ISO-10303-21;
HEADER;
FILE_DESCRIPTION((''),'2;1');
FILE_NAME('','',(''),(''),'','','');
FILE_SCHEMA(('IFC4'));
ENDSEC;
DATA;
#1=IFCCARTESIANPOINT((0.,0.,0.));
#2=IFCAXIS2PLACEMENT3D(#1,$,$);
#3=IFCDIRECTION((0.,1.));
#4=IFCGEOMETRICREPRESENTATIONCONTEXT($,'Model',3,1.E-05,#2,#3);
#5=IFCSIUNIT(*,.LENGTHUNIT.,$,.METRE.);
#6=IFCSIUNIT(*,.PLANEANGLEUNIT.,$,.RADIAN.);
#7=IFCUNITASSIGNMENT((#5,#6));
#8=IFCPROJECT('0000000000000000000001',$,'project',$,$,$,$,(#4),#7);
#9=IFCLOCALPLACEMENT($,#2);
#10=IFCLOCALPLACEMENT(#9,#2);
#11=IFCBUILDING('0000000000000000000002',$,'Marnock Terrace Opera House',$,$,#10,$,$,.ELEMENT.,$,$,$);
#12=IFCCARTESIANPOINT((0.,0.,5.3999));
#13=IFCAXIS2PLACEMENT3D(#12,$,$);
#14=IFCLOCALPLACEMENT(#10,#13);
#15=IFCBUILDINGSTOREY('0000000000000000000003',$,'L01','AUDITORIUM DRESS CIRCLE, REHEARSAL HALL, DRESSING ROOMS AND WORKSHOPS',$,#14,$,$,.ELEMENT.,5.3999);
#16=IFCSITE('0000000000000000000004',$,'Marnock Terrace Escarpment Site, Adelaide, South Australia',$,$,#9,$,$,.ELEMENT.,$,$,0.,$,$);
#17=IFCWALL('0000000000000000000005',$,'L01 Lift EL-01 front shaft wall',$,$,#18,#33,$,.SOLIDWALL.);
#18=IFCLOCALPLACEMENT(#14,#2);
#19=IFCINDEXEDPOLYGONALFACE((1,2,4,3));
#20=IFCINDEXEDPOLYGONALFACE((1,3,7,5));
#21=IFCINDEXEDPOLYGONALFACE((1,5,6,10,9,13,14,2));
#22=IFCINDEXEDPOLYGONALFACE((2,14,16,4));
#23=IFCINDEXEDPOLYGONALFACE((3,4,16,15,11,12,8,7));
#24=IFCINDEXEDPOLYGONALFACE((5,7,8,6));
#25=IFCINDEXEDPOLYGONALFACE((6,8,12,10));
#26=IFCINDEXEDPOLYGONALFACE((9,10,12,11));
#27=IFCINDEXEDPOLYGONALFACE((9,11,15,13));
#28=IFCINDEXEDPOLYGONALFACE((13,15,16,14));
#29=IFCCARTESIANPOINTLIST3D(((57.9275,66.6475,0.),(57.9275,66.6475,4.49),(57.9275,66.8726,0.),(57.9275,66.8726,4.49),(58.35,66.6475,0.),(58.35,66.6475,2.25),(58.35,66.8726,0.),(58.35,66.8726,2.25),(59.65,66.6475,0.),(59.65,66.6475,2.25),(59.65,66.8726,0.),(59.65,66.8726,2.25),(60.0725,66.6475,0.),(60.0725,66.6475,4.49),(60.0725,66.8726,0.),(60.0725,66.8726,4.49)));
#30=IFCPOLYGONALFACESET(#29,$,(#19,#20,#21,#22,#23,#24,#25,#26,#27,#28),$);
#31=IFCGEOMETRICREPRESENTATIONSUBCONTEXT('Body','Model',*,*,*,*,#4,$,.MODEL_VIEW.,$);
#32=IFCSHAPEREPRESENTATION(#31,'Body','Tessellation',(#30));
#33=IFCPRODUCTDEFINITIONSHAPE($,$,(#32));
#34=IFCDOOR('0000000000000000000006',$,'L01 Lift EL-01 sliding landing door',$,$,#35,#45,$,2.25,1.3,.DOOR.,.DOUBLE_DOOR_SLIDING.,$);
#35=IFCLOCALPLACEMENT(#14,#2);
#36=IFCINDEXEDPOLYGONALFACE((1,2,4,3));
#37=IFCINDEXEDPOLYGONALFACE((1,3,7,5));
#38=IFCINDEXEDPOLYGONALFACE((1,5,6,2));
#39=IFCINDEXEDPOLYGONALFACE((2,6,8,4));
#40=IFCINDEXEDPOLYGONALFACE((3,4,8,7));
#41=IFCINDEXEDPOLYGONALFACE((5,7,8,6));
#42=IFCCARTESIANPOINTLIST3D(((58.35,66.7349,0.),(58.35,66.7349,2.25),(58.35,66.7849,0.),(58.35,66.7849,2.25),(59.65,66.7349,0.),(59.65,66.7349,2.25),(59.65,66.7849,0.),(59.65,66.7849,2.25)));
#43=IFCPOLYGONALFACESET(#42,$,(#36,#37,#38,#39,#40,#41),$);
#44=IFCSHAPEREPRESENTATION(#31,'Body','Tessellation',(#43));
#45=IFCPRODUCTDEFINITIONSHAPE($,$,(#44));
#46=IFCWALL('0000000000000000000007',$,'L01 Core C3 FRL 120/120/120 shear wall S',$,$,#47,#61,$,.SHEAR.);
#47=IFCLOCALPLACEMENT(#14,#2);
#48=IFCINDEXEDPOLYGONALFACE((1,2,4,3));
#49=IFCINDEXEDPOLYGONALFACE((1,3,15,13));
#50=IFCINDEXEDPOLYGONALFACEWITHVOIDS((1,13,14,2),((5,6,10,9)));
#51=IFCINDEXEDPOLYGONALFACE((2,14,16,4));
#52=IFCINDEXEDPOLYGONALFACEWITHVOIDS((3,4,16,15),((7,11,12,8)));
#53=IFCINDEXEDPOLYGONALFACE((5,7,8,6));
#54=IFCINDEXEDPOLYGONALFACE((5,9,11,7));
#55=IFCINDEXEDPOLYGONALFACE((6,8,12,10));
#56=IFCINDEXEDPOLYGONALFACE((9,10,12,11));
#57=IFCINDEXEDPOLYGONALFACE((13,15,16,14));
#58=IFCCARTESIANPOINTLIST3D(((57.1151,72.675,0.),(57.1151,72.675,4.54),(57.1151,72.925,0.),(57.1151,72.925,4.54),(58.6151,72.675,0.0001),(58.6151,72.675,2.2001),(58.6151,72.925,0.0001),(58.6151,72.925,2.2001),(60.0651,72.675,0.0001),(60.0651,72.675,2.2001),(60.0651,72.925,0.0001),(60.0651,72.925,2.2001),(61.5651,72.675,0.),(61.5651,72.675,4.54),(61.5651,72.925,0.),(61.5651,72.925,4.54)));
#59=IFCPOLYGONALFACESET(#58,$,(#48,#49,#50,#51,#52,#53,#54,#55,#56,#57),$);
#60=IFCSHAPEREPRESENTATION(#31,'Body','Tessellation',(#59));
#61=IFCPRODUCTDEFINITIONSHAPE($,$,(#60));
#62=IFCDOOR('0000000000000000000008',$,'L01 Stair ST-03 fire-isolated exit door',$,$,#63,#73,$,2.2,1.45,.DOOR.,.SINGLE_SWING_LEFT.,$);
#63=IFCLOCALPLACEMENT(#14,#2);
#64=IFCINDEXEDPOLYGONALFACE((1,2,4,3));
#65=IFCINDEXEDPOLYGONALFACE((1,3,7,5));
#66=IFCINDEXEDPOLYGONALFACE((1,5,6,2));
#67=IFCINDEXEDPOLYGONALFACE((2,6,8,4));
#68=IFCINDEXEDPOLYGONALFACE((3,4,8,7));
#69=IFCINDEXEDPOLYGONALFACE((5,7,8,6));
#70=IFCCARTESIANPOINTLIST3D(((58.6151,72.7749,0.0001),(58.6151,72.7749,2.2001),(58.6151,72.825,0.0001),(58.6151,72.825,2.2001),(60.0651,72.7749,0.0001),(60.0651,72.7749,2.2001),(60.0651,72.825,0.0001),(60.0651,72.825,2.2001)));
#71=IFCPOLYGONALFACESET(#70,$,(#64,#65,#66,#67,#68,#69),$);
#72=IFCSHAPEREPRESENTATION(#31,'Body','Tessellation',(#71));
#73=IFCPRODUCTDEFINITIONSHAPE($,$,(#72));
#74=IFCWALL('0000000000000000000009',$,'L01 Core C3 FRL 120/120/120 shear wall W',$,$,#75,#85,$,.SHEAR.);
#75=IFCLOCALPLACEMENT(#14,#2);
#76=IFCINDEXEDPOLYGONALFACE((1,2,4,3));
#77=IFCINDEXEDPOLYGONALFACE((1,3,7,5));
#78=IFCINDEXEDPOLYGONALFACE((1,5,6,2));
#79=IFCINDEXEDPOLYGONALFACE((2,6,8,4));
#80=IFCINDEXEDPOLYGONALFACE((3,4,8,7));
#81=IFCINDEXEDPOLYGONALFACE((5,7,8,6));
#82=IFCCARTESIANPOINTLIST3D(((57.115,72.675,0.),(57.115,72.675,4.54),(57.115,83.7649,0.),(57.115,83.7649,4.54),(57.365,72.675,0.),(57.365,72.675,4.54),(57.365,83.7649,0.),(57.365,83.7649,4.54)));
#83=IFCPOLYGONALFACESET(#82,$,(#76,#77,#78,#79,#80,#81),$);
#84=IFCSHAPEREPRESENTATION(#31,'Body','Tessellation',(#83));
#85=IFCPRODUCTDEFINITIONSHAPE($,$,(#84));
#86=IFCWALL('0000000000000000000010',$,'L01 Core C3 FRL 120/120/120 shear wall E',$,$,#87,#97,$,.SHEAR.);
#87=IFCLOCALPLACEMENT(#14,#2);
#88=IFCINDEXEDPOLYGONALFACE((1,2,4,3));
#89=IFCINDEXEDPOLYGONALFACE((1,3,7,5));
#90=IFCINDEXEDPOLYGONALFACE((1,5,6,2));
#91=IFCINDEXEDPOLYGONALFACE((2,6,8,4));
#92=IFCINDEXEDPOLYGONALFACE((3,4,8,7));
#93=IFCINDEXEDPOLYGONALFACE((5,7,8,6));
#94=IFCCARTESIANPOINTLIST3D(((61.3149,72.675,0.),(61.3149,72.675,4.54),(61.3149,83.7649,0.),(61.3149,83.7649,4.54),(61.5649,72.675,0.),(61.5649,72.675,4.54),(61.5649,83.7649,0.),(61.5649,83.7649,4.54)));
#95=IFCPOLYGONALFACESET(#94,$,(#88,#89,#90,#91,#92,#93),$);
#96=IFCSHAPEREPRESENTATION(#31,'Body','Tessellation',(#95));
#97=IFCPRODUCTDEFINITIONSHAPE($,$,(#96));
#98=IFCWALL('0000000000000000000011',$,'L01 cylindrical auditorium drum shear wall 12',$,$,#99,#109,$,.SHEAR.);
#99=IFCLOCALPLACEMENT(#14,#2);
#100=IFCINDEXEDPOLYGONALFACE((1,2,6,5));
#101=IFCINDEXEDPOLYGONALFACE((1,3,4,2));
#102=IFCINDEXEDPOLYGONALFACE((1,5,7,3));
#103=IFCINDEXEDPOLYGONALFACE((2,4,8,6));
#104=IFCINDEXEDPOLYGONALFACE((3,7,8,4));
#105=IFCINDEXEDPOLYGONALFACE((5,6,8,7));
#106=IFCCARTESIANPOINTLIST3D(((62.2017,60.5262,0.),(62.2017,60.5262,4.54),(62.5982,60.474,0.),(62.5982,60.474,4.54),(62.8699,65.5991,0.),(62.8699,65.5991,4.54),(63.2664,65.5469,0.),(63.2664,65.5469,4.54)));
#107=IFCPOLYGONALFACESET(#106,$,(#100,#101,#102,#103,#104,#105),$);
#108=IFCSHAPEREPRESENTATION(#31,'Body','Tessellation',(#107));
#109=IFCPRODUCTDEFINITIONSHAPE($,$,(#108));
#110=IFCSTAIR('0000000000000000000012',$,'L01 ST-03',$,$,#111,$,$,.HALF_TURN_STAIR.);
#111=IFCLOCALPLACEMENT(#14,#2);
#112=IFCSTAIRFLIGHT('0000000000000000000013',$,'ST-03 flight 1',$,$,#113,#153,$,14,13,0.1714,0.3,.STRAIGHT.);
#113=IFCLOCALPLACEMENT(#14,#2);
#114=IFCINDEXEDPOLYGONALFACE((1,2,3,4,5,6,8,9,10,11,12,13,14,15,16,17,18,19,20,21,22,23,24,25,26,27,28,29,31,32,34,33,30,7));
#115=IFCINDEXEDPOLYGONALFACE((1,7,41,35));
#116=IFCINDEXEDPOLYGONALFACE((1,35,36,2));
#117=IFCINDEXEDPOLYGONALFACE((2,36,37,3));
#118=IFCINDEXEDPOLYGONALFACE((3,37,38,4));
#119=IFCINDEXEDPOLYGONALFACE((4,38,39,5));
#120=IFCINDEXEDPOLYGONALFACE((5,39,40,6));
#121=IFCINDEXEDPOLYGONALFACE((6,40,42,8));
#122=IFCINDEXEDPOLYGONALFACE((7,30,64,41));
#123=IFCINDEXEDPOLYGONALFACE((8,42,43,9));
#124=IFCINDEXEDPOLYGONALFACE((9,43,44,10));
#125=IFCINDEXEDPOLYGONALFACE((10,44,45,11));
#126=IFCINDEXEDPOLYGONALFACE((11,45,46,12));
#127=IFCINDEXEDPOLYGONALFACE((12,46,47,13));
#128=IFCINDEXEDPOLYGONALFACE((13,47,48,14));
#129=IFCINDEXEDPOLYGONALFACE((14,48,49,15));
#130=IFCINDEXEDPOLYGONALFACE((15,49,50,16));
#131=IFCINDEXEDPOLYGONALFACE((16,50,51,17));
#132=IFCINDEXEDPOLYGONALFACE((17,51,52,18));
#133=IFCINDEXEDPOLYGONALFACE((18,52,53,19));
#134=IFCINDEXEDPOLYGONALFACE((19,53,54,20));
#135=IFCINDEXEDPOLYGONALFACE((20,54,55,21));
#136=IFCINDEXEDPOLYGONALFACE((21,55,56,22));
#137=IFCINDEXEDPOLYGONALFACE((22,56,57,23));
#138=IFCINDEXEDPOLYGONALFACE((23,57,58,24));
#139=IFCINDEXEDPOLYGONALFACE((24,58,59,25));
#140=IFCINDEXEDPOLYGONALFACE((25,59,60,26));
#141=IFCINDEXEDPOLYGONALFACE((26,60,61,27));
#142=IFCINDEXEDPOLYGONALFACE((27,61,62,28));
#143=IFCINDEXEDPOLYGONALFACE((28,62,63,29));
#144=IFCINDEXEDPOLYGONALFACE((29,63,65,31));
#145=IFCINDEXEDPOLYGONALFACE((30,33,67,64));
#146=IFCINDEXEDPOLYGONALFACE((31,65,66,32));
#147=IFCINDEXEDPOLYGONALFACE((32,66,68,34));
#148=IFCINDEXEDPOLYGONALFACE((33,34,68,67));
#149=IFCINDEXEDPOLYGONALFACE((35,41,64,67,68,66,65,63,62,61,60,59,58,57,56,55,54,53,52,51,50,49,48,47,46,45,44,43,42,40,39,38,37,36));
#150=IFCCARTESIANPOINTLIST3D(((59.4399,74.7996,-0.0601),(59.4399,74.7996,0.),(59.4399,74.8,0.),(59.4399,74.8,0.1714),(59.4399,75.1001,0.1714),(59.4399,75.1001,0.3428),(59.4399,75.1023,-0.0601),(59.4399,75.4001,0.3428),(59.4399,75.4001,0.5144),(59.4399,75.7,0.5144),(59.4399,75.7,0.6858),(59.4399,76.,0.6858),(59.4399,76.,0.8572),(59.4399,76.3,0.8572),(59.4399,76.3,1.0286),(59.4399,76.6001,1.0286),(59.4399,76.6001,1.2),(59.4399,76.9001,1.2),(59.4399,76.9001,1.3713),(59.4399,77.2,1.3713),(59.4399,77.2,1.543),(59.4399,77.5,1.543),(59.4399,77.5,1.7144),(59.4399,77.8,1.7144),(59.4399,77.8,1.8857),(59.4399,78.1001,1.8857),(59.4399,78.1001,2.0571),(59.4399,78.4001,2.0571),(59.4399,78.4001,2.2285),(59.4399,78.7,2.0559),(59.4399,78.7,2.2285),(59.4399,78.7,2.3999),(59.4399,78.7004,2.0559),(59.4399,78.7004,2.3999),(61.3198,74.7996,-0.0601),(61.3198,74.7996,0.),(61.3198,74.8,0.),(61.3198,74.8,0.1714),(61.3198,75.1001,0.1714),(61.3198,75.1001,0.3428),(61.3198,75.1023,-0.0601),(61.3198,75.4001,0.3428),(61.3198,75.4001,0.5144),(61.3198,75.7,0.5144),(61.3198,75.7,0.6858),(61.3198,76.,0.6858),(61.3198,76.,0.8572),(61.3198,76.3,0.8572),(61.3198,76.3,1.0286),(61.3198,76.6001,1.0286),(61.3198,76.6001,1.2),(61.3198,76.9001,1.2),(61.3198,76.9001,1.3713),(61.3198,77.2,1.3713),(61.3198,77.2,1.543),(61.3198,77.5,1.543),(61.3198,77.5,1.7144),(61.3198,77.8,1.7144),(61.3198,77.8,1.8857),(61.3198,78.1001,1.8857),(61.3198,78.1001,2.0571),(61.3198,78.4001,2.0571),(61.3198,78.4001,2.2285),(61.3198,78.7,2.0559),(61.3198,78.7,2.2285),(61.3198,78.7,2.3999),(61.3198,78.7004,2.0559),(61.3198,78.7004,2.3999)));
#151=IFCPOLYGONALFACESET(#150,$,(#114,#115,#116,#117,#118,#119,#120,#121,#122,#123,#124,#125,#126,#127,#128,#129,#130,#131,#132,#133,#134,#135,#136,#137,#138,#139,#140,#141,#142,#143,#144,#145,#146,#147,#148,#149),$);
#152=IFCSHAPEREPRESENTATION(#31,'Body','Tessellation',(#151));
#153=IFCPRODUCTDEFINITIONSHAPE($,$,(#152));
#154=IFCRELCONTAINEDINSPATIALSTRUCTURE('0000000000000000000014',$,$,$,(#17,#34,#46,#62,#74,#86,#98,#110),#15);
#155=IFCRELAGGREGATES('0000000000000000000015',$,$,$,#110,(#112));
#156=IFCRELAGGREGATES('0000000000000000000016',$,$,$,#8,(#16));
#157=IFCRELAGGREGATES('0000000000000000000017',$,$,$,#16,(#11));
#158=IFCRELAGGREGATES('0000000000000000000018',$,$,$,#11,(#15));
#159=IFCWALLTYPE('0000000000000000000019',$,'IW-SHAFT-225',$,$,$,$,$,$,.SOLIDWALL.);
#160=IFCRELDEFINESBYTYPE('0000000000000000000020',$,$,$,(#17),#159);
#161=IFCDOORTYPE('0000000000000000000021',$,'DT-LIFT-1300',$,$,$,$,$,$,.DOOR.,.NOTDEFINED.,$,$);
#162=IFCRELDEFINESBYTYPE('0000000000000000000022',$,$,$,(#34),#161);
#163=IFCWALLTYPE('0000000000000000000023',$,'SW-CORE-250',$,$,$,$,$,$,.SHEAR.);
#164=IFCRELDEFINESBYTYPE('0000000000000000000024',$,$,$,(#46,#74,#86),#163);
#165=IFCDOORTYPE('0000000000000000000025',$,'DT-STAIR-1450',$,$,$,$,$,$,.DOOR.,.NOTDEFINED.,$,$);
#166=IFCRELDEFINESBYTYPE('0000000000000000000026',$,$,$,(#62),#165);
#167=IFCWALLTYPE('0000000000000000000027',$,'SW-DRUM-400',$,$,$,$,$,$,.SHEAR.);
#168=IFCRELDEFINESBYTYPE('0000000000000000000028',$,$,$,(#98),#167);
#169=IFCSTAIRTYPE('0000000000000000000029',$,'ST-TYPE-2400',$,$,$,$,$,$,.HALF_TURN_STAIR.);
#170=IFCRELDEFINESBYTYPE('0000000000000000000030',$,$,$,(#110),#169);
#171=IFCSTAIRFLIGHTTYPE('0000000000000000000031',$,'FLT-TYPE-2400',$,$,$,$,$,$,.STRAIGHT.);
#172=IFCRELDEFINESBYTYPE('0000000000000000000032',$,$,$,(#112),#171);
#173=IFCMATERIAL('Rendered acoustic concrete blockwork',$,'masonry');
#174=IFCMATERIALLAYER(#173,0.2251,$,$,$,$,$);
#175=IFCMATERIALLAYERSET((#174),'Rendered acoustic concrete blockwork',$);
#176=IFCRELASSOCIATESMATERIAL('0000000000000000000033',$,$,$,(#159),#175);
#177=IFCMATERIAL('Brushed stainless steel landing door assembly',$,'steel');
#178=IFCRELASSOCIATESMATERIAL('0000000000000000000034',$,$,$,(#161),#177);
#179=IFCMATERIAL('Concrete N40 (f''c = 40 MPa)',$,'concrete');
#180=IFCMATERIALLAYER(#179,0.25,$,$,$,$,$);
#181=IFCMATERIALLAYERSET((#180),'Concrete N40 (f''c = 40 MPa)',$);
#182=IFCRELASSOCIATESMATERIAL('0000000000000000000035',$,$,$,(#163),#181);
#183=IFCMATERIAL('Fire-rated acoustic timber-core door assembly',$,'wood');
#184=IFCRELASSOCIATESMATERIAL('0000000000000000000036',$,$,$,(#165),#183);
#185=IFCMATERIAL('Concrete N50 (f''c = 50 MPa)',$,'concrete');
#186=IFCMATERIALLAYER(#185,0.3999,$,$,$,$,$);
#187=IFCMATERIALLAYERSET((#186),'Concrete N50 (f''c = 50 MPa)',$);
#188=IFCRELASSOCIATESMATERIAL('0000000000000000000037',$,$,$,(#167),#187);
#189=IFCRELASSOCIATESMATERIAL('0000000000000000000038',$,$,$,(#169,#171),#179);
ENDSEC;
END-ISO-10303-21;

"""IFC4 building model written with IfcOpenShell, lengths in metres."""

from ifc_helpers import new_model, si_unit, direction, frame, frame_2d, origin, place, context, subcontext, project, spatial, polyline, rectangle, outline, extrude, material, layer, layer_set, type_object, element, fill, aggregate, save


model = new_model("IFC4")

# Units and contexts
model_context = context("Model", 3, precision=1e-05, world=origin(), true_north=direction((0.0, 1.0)))
body_context = subcontext(model_context, "Body", "Model", "MODEL_VIEW")
ifc_project = project(units=[si_unit("LENGTHUNIT", "METRE"), si_unit("PLANEANGLEUNIT", "RADIAN")], contexts=[model_context])

# Site, building, storey
site_placement = place(None, origin())
site = spatial("IfcSite", under=ifc_project, at=site_placement, Name="Marnock Terrace Escarpment Site, Adelaide, South Australia", CompositionType="ELEMENT", RefElevation=0.0)
building_placement = place(site_placement, origin())
building = spatial("IfcBuilding", under=site, at=building_placement, Name="Marnock Terrace Opera House", CompositionType="ELEMENT")
storey_placement = place(building_placement, frame((0.0, 0.0, 5.3999)))
storey = spatial("IfcBuildingStorey", under=building, at=storey_placement, Name="L01", Description="AUDITORIUM DRESS CIRCLE, REHEARSAL HALL, DRESSING ROOMS AND WORKSHOPS", CompositionType="ELEMENT", Elevation=5.3999)

# Shared definitions
ifc_material_1 = material(Name="Concrete N50 (f'c = 50 MPa)", Category="concrete")

# Shared definitions
ifc_material_2 = material(Name="Concrete N40 (f'c = 40 MPa)", Category="concrete")

# Walls, openings, doors
ifc_material_3 = material(Name="Rendered acoustic concrete blockwork", Category="masonry")
ifc_material_4 = material(Name="Fire-rated acoustic timber-core door assembly", Category="wood")
ifc_layer_1 = layer(ifc_material_3, 0.2251)
ifc_layer_set_1 = layer_set([ifc_layer_1], Name="Rendered acoustic concrete blockwork")
wall_type_1 = type_object("IfcWallType", Name="IW-SHAFT-225", PredefinedType="SOLIDWALL", material=ifc_layer_set_1)
wall_1_placement = place(storey_placement, frame((57.9275, 66.76, 0.0), z_axis=(0.0, 0.0, 1.0), x_axis=(1.0, 0.0, 0.0)))
wall_1 = element("IfcWall", 1, at=wall_1_placement, inside=storey, type_object=wall_type_1, Name="L01 Lift EL-01 front shaft wall", PredefinedType="SOLIDWALL", context=body_context, shape_type="SweptSolid", body=[
    extrude(rectangle(XDim=2.145, YDim=0.2251, at=frame_2d((1.0725, 0.0))), origin(), (0.0, 0.0, 1.0), 4.49),
])
opening_1_placement = place(wall_1_placement, frame((0.4226, 0.0, 0.0)))
opening_1 = element("IfcOpeningElement", 2, at=opening_1_placement, cuts=wall_1, PredefinedType="OPENING", context=body_context, shape_type="SweptSolid", body=[
    extrude(rectangle(XDim=1.3, YDim=2.25, at=frame_2d((0.6499, 1.125))), frame((0.0, 0.1226, 0.0), z_axis=(0.0, -1.0, 0.0), x_axis=(1.0, 0.0, 0.0)), (0.0, 0.0, 1.0), 0.2451),
])
ifc_material_5 = material(Name="Brushed stainless steel landing door assembly", Category="steel")
door_type_1 = type_object("IfcDoorType", Name="DT-LIFT-1300", OperationType="NOTDEFINED", PredefinedType="DOOR", material=ifc_material_5)
door_1_placement = place(opening_1_placement, origin())
door_1 = element("IfcDoor", 3, at=door_1_placement, inside=storey, type_object=door_type_1, Name="L01 Lift EL-01 sliding landing door", OperationType="DOUBLE_DOOR_SLIDING", OverallHeight=2.25, OverallWidth=1.3, PredefinedType="DOOR", context=body_context, shape_type="SweptSolid", body=[
    extrude(rectangle(XDim=1.3, YDim=2.25, at=frame_2d((0.6499, 1.125))), frame((0.0, 0.0249, 0.0), z_axis=(0.0, -1.0, 0.0), x_axis=(1.0, 0.0, 0.0)), (0.0, 0.0, 1.0), 0.05),
])
fill(opening_1, door_1)
ifc_layer_2 = layer(ifc_material_2, 0.25)
ifc_layer_set_2 = layer_set([ifc_layer_2], Name="Concrete N40 (f'c = 40 MPa)")
wall_type_2 = type_object("IfcWallType", Name="SW-CORE-250", PredefinedType="SHEAR", material=ifc_layer_set_2)
wall_2_placement = place(storey_placement, frame((57.115, 72.8, 0.0), z_axis=(0.0, 0.0, 1.0), x_axis=(1.0, 0.0, 0.0)))
wall_2 = element("IfcWall", 4, at=wall_2_placement, inside=storey, type_object=wall_type_2, Name="L01 Core C3 FRL 120/120/120 shear wall S", PredefinedType="SHEAR", context=body_context, shape_type="SweptSolid", body=[
    extrude(rectangle(XDim=4.45, YDim=0.25, at=frame_2d((2.2251, 0.0))), origin(), (0.0, 0.0, 1.0), 4.54),
])
opening_2_placement = place(wall_2_placement, frame((1.5, 0.0, 0.0)))
opening_2 = element("IfcOpeningElement", 5, at=opening_2_placement, cuts=wall_2, PredefinedType="OPENING", context=body_context, shape_type="SweptSolid", body=[
    extrude(rectangle(XDim=1.45, YDim=2.2, at=frame_2d((0.7251, 1.1001))), frame((0.0, 0.135, 0.0), z_axis=(0.0, -1.0, 0.0), x_axis=(1.0, 0.0, 0.0)), (0.0, 0.0, 1.0), 0.27),
])
door_type_2 = type_object("IfcDoorType", Name="DT-STAIR-1450", OperationType="NOTDEFINED", PredefinedType="DOOR", material=ifc_material_4)
door_2_placement = place(opening_2_placement, origin())
door_2 = element("IfcDoor", 6, at=door_2_placement, inside=storey, type_object=door_type_2, Name="L01 Stair ST-03 fire-isolated exit door", OperationType="SINGLE_SWING_LEFT", OverallHeight=2.2, OverallWidth=1.45, PredefinedType="DOOR", context=body_context, shape_type="SweptSolid", body=[
    extrude(rectangle(XDim=1.45, YDim=2.2, at=frame_2d((0.7251, 1.1001))), frame((0.0, 0.0249, 0.0), z_axis=(0.0, -1.0, 0.0), x_axis=(1.0, 0.0, 0.0)), (0.0, 0.0, 1.0), 0.05),
])
fill(opening_2, door_2)

# Walls
for number, where, z_axis, x_axis, name in (
    (7, (57.24, 72.675, 0.0), (0.0, 0.0, 1.0), (0.0, 1.0, 0.0), "L01 Core C3 FRL 120/120/120 shear wall W"),
    (8, (61.4399, 72.675, 0.0), (0.0, 0.0, 1.0), (0.0, 1.0, 0.0), "L01 Core C3 FRL 120/120/120 shear wall E"),
):
    element("IfcWall", number, at=place(storey_placement, frame(where, z_axis=z_axis, x_axis=x_axis)), inside=storey, type_object=wall_type_2, Name=name, PredefinedType="SHEAR", context=body_context, shape_type="SweptSolid", body=[
        extrude(rectangle(XDim=11.0898, YDim=0.25, at=frame_2d((5.5449, 0.0))), origin(), (0.0, 0.0, 1.0), 4.54),
    ])
ifc_layer_3 = layer(ifc_material_1, 0.3999)
ifc_layer_set_3 = layer_set([ifc_layer_3], Name="Concrete N50 (f'c = 50 MPa)")
wall_type_3 = type_object("IfcWallType", Name="SW-DRUM-400", PredefinedType="SHEAR", material=ifc_layer_set_3)
wall_3_placement = place(storey_placement, frame((63.0681, 65.573, 0.0), z_axis=(0.0, 0.0, 1.0), x_axis=(-0.130592, -0.991436, 0.0)))
element("IfcWall", 9, at=wall_3_placement, inside=storey, type_object=wall_type_3, Name="L01 cylindrical auditorium drum shear wall 12", PredefinedType="SHEAR", context=body_context, shape_type="SweptSolid", body=[
    extrude(rectangle(XDim=5.1167, YDim=0.3999, at=frame_2d((2.5583, 0.0))), origin(), (0.0, 0.0, 1.0), 4.54),
])

# Stair, stair flight
stair_type = type_object("IfcStairType", Name="ST-TYPE-2400", PredefinedType="HALF_TURN_STAIR", material=ifc_material_2)
stair_placement = place(storey_placement, origin())
stair = element("IfcStair", 10, at=stair_placement, inside=storey, type_object=stair_type, Name="L01 ST-03", PredefinedType="HALF_TURN_STAIR")
stair_flight_type = type_object("IfcStairFlightType", Name="FLT-TYPE-2400", PredefinedType="STRAIGHT", material=ifc_material_2)
stair_flight_placement = place(storey_placement, frame((60.3799, 74.8, 0.0), z_axis=(0.0, 0.0, 1.0), x_axis=(0.0, 1.0, 0.0)))
stair_flight = element("IfcStairFlight", 11, at=stair_flight_placement, type_object=stair_flight_type, Name="ST-03 flight 1", NumberOfRisers=14, NumberOfTreads=13, PredefinedType="STRAIGHT", RiserHeight=0.1714, TreadLength=0.3, context=body_context, shape_type="SweptSolid", body=[
    extrude(outline(polyline([(-0.0005, -0.0601), (-0.0005, 0.0), (0.0, 0.0), (0.0, 0.1714), (0.3, 0.1714), (0.3, 0.3428), (0.6001, 0.3428), (0.6001, 0.5144), (0.8999, 0.5144), (0.8999, 0.6858), (1.2, 0.6858), (1.2, 0.8572), (1.5, 0.8572), (1.5, 1.0286), (1.8, 1.0286), (1.8, 1.2), (2.1001, 1.2), (2.1001, 1.3713), (2.3999, 1.3713), (2.3999, 1.543), (2.7, 1.543), (2.7, 1.7144), (3.0, 1.7144), (3.0, 1.8857), (3.3, 1.8857), (3.3, 2.0571), (3.6001, 2.0571), (3.6001, 2.2285), (3.8999, 2.2285), (3.8999, 2.3999), (3.9004, 2.3999), (3.9004, 2.0559), (3.8999, 2.0559), (0.3022, -0.0601), (-0.0005, -0.0601)])), frame((0.0, 0.9399, 0.0), z_axis=(0.0, -1.0, 0.0), x_axis=(1.0, 0.0, 0.0)), (0.0, 0.0, 1.0), 1.8799),
])
aggregate(stair, [stair_flight])

save(model, "model.ifc")
